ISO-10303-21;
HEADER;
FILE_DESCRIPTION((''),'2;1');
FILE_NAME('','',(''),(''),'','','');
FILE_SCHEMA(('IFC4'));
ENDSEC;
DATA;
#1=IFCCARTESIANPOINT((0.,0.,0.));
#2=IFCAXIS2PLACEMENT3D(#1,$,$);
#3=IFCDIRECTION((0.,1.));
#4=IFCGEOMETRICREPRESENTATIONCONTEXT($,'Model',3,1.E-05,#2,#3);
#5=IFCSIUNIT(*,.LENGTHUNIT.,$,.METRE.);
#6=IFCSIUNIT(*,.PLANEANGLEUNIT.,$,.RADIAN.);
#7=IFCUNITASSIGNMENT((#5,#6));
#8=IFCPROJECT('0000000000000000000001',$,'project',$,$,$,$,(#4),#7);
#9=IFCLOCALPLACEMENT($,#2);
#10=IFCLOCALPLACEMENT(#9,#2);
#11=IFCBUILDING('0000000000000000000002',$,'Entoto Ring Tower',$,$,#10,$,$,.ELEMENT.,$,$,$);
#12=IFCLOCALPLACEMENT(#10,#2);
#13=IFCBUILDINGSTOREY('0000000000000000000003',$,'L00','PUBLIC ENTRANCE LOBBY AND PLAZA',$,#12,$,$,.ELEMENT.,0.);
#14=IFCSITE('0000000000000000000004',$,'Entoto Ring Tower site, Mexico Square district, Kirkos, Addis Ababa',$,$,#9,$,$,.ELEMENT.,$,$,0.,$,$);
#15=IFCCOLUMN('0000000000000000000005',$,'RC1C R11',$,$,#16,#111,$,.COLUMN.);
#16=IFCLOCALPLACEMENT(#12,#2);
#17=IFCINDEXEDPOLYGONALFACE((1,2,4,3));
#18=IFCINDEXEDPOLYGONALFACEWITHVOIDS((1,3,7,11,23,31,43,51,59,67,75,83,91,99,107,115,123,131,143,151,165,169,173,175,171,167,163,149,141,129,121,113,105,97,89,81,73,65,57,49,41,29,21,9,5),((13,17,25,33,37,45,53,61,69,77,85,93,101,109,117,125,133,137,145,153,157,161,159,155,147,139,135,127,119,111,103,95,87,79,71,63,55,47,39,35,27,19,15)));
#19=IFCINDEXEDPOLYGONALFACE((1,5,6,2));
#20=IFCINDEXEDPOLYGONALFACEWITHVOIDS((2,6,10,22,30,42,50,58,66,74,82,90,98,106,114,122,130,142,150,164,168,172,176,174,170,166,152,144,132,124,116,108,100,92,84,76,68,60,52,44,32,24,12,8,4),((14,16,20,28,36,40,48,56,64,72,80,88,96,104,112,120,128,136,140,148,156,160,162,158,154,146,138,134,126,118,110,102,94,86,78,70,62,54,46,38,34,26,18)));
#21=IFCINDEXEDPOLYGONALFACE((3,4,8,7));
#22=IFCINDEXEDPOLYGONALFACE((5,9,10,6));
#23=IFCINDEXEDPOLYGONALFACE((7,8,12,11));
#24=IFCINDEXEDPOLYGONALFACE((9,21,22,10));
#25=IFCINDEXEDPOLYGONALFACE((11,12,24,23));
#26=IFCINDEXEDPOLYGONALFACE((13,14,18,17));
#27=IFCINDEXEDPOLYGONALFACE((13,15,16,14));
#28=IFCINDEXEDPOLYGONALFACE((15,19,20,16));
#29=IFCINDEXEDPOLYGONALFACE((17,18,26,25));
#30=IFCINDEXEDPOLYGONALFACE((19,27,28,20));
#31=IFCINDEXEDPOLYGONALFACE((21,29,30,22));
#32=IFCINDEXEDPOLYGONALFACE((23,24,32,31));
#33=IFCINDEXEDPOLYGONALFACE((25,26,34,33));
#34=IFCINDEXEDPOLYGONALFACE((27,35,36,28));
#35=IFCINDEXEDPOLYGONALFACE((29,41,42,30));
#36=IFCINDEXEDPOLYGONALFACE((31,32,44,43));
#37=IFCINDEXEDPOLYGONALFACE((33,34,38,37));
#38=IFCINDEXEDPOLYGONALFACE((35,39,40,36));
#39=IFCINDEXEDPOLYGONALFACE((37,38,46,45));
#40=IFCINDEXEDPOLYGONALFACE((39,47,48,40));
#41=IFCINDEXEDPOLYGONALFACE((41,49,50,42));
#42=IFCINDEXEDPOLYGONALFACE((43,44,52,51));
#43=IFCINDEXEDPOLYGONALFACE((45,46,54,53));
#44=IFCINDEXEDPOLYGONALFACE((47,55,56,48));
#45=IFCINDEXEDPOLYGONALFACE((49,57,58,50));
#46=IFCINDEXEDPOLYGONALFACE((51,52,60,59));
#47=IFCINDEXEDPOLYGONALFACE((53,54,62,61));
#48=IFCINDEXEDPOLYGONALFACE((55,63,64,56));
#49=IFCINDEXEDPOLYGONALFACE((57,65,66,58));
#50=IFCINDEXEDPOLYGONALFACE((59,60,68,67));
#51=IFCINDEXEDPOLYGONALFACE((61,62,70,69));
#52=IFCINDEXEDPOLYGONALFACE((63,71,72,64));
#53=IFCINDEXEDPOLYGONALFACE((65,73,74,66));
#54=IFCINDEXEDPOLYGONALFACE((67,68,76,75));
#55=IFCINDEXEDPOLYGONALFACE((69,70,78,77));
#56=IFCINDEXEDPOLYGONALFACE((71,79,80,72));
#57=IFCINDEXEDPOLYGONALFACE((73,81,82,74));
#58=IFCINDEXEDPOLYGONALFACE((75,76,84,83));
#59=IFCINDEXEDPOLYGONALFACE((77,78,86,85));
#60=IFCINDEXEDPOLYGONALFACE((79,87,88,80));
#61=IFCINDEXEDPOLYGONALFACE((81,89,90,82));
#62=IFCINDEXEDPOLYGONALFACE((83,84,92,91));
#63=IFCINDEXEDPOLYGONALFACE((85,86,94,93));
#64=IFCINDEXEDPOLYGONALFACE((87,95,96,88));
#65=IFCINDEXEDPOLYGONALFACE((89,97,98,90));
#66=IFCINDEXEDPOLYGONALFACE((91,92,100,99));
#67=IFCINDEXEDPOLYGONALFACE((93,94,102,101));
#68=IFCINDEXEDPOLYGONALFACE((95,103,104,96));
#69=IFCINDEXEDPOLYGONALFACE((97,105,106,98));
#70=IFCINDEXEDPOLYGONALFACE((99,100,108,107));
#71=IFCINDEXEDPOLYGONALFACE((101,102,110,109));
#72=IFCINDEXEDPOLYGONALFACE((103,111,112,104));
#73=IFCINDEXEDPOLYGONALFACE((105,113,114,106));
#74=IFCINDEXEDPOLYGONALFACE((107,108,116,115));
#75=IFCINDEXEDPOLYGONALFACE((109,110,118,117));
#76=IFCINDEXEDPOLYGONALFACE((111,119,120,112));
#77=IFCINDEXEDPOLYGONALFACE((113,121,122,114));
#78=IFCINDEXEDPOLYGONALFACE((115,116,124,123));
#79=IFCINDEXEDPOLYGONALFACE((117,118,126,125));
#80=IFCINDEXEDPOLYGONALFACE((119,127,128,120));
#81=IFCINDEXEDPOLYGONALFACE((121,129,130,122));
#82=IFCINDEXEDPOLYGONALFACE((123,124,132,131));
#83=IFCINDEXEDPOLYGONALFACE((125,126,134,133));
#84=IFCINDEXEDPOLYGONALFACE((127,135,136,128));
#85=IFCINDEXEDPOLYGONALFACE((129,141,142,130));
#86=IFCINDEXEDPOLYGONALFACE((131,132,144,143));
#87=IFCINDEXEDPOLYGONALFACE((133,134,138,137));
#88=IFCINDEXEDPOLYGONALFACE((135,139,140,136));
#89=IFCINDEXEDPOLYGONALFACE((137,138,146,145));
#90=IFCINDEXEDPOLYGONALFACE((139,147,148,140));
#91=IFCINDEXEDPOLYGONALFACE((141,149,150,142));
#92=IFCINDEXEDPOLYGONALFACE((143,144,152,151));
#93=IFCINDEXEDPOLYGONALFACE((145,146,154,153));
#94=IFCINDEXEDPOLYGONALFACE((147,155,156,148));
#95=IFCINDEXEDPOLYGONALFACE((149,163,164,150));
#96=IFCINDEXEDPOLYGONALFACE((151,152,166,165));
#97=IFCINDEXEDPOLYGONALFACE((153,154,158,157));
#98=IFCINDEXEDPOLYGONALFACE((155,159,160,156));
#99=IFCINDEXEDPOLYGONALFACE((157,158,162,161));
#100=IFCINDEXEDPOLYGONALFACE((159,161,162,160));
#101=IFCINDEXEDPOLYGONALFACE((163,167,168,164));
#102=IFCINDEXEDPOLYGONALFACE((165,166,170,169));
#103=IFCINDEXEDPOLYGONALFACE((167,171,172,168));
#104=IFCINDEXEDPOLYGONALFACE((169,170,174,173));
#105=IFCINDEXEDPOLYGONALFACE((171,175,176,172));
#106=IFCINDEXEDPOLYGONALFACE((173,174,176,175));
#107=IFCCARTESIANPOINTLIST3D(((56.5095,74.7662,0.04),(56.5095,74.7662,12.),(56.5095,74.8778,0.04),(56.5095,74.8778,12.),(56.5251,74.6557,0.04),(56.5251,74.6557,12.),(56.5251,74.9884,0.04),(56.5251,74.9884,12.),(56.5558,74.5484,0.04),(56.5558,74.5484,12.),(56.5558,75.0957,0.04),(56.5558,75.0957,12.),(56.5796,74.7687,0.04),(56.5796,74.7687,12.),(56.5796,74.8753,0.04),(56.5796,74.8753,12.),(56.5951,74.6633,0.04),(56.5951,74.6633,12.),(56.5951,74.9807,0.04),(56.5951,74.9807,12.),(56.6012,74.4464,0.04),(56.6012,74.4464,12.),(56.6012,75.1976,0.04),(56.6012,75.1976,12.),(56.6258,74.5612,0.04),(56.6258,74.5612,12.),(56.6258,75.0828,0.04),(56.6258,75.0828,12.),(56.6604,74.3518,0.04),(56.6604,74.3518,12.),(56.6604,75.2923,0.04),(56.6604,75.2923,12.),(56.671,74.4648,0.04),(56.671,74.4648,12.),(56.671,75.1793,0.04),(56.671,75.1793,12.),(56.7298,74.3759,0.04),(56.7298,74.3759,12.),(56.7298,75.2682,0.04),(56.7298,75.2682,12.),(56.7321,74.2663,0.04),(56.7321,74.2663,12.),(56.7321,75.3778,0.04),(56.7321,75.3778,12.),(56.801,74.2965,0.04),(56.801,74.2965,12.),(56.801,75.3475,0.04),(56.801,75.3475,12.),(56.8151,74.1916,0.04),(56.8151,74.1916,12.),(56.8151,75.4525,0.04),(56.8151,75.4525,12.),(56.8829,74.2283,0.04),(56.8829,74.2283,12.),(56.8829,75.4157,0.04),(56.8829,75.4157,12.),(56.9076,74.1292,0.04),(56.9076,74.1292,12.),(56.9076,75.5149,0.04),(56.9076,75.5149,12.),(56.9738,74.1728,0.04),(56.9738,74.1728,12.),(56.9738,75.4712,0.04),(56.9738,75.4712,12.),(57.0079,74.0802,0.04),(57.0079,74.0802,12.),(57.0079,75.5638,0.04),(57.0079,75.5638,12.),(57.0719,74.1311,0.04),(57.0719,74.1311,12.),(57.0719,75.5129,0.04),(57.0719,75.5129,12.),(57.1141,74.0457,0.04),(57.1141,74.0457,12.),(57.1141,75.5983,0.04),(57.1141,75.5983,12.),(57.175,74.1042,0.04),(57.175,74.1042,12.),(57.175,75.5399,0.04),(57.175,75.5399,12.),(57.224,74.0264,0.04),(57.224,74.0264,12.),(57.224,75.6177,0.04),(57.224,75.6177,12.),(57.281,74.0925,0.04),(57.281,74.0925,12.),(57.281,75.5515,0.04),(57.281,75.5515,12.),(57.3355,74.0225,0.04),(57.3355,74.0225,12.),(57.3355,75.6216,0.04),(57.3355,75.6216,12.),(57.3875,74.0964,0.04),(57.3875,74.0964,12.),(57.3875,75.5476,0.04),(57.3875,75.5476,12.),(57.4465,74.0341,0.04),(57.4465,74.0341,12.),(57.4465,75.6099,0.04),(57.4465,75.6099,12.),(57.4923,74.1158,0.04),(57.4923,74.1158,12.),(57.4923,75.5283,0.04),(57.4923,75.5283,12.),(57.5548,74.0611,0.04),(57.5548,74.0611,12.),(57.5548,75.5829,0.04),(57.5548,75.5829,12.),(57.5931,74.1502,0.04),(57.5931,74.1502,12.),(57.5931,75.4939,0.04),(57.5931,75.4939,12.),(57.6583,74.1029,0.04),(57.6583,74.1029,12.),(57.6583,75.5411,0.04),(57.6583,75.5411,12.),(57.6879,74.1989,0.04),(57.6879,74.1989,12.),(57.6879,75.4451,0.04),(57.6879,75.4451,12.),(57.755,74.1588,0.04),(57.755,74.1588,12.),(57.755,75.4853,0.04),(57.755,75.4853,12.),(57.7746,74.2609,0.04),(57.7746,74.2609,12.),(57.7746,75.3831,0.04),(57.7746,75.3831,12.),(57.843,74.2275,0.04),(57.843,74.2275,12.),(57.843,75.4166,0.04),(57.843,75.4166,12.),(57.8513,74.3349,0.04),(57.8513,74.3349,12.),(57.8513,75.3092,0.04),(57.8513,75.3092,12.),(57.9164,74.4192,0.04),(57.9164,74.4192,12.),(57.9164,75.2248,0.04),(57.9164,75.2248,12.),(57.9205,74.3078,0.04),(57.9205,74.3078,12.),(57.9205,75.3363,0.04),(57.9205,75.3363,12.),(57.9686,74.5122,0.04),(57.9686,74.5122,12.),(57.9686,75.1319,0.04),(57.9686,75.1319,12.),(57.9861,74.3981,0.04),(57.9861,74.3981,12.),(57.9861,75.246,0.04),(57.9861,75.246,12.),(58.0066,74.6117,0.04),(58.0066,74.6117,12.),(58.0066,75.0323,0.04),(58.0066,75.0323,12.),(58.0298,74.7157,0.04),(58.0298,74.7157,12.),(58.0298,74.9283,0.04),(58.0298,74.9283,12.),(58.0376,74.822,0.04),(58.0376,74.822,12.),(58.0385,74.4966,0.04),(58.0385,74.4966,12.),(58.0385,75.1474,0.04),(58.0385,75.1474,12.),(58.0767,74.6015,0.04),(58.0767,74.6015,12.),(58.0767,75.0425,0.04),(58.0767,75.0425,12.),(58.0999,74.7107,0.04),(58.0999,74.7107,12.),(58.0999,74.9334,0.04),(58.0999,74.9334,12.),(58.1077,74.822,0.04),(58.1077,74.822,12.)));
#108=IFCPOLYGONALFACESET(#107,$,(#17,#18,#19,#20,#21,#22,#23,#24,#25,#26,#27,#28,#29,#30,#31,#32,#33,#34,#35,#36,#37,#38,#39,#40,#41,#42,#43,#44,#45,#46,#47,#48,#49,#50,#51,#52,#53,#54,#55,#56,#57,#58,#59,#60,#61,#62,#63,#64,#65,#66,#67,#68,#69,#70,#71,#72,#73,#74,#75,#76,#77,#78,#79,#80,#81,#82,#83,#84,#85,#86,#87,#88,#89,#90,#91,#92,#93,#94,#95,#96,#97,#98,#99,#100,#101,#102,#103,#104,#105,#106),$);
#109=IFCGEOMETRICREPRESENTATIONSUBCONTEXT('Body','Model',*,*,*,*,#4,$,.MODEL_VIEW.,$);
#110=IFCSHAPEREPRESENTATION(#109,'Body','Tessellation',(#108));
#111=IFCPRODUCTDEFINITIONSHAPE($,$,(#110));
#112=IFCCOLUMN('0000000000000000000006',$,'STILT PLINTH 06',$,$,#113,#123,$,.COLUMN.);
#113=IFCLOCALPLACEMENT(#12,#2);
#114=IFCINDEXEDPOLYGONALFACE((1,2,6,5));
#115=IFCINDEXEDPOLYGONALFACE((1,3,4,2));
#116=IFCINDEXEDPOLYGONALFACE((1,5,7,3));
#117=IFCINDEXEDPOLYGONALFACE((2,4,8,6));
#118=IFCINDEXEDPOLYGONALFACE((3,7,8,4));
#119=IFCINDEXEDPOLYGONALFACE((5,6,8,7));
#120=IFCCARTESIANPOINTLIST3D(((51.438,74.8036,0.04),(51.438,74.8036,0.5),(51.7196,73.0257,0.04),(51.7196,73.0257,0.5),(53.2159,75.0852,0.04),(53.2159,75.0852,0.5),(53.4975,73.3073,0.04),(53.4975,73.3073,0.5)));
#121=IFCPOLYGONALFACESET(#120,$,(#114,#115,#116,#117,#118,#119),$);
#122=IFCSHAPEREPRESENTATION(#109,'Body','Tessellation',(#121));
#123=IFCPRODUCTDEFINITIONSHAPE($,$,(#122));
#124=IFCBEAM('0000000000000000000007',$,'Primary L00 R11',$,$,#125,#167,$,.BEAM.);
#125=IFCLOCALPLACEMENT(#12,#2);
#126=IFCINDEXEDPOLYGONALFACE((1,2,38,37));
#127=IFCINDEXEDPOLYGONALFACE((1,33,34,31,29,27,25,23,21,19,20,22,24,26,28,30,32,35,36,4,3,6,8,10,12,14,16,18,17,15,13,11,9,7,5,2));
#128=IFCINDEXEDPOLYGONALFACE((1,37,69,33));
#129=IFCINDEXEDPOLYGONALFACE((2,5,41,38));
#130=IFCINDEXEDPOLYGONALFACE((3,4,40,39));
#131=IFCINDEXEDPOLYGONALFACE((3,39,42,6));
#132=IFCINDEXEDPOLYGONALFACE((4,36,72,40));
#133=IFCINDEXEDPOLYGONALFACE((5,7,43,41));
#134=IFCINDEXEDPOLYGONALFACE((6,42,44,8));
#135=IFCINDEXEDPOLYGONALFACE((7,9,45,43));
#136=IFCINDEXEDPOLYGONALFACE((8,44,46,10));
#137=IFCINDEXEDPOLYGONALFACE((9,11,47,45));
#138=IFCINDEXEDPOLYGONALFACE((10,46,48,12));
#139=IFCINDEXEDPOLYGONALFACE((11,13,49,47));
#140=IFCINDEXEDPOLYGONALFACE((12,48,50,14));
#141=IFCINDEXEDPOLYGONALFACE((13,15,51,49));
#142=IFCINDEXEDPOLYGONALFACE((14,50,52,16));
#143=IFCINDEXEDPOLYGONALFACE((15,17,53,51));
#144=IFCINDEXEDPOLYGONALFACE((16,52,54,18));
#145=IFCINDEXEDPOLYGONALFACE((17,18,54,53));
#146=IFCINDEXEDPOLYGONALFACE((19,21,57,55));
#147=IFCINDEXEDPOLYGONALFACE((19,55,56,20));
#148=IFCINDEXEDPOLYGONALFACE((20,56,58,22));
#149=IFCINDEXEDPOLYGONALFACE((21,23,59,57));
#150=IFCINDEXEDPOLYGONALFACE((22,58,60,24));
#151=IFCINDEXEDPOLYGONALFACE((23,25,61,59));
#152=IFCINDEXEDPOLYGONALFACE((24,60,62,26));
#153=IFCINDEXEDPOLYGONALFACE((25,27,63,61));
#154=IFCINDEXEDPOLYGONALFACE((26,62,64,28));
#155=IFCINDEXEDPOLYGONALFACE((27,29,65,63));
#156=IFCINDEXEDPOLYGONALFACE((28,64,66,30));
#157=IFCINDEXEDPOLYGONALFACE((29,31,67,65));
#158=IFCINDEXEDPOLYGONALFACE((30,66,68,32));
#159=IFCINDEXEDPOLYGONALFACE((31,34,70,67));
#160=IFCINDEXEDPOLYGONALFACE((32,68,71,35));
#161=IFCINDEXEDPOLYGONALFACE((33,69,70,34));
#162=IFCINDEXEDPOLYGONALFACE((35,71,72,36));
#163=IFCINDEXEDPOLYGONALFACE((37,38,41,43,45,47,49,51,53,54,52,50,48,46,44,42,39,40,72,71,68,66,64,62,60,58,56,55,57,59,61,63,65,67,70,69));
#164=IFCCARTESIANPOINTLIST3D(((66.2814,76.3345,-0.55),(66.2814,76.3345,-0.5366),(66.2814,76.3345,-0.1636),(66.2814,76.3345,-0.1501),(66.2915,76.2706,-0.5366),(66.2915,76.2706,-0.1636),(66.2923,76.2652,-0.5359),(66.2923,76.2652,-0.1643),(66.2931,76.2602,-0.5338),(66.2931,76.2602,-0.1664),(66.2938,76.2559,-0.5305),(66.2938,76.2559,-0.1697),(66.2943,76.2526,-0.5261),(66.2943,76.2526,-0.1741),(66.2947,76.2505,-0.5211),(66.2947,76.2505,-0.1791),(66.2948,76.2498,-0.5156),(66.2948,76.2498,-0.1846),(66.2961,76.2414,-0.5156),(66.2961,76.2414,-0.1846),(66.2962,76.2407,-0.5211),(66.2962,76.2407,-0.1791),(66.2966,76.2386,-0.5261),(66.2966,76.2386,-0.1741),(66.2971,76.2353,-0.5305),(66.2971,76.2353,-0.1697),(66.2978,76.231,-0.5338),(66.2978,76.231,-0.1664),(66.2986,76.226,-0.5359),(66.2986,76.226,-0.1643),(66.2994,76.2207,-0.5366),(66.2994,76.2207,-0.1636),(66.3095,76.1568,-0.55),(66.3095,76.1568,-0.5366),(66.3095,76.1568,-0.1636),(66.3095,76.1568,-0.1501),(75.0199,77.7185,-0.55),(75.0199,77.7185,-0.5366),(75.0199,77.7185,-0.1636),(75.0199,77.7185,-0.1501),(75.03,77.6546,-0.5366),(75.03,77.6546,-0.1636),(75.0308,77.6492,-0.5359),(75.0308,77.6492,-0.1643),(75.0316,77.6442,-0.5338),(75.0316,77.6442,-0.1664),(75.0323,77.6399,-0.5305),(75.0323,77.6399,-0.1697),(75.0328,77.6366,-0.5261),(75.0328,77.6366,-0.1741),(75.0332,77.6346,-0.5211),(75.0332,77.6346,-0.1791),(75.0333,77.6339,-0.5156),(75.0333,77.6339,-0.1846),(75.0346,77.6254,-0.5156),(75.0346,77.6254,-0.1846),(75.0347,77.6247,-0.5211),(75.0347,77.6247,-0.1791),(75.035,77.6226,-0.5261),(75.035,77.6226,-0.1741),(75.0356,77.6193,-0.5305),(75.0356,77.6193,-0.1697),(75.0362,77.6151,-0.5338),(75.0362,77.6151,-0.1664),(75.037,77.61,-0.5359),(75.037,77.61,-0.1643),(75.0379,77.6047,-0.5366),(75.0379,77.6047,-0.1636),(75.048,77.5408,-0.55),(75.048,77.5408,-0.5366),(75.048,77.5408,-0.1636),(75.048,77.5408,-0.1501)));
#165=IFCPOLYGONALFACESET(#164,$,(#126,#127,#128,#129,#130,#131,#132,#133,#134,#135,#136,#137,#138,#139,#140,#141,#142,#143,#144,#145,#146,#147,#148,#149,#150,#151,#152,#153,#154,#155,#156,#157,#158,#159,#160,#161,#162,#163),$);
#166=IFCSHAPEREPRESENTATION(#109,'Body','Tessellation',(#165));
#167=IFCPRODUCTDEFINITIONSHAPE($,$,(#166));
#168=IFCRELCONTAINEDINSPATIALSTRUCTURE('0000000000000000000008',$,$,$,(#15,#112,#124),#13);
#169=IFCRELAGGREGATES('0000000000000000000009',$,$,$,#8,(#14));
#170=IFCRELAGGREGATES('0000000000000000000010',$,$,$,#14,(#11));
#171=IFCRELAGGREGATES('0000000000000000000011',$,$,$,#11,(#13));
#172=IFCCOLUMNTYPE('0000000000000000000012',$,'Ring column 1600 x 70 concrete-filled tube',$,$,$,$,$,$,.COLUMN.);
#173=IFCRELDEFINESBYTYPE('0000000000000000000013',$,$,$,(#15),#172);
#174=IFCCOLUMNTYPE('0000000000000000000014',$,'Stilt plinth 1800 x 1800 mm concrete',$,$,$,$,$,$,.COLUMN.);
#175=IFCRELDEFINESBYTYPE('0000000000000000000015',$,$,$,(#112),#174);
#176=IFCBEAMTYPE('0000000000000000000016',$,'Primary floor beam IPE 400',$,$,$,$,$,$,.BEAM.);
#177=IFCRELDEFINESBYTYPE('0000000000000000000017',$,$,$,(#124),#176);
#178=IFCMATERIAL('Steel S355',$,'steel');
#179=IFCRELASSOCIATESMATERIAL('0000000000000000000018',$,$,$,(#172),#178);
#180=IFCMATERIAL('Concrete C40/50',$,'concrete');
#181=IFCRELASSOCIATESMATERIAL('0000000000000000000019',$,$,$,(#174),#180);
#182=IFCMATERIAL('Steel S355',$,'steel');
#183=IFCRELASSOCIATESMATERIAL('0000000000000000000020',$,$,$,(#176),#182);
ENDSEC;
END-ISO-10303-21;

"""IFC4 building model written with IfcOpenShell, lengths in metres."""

from ifc_helpers import new_model, si_unit, direction, frame, origin, origin_2d, place, context, subcontext, project, spatial, rectangle, circle, hollow_circle, i_section, extrude, material, material_profile, profile_set, type_object, element, save


model = new_model("IFC4")

# Units and contexts
model_context = context("Model", 3, precision=1e-05, world=origin(), true_north=direction((0.0, 1.0)))
body_context = subcontext(model_context, "Body", "Model", "MODEL_VIEW")
ifc_project = project(units=[si_unit("LENGTHUNIT", "METRE"), si_unit("PLANEANGLEUNIT", "RADIAN")], contexts=[model_context])

# Site, building, storey
site_placement = place(None, origin())
site = spatial("IfcSite", under=ifc_project, at=site_placement, Name="Entoto Ring Tower site, Mexico Square district, Kirkos, Addis Ababa", CompositionType="ELEMENT", RefElevation=0.0)
building_placement = place(site_placement, origin())
building = spatial("IfcBuilding", under=site, at=building_placement, Name="Entoto Ring Tower", CompositionType="ELEMENT")
storey_placement = place(building_placement, origin())
storey = spatial("IfcBuildingStorey", under=building, at=storey_placement, Name="L00", Description="PUBLIC ENTRANCE LOBBY AND PLAZA", CompositionType="ELEMENT", Elevation=0.0)

# Columns
ifc_material_1 = material(Name="Steel S355", Category="steel")
ifc_material_profile_1 = material_profile(ifc_material_1, hollow_circle(Radius=0.8, WallThickness=0.0701, at=origin_2d()), Name="CHS 1600 x 70")
ifc_material_2 = material(Name="Concrete C60/75", Category="concrete")
ifc_material_profile_2 = material_profile(ifc_material_2, circle(Radius=0.73, at=origin_2d()), Name="Concrete C60/75 infill")
ifc_profile_set_1 = profile_set([ifc_material_profile_1, ifc_material_profile_2], Name="Steel S355")
column_type_1 = type_object("IfcColumnType", Name="Ring column 1600 x 70 concrete-filled tube", PredefinedType="COLUMN", material=ifc_profile_set_1)
column_1_placement = place(storey_placement, frame((57.3076, 74.822, 0.04), z_axis=(0.0, 0.0, 1.0), x_axis=(1.0, 0.0, 0.0)))
element("IfcColumn", 1, at=column_1_placement, inside=storey, type_object=column_type_1, Name="RC1C R11", PredefinedType="COLUMN", context=body_context, shape_type="SweptSolid", body=[
    extrude(hollow_circle(Radius=0.8, WallThickness=0.0701, at=origin_2d()), origin(), (0.0, 0.0, 1.0), 11.96),
])
ifc_material_3 = material(Name="Concrete C40/50", Category="concrete")
ifc_material_profile_3 = material_profile(ifc_material_3, rectangle(XDim=1.8, YDim=1.8, at=origin_2d()), Name="Stilt plinth 1800 x 1800 mm concrete")
ifc_profile_set_2 = profile_set([ifc_material_profile_3], Name="Concrete C40/50")
column_type_2 = type_object("IfcColumnType", Name="Stilt plinth 1800 x 1800 mm concrete", PredefinedType="COLUMN", material=ifc_profile_set_2)
column_2_placement = place(storey_placement, frame((52.4678, 74.0554, 0.04), z_axis=(0.0, 0.0, 1.0), x_axis=(0.156434, -0.987688, 0.0)))
element("IfcColumn", 2, at=column_2_placement, inside=storey, type_object=column_type_2, Name="STILT PLINTH 06", PredefinedType="COLUMN", context=body_context, shape_type="SweptSolid", body=[
    extrude(rectangle(XDim=1.8, YDim=1.8, at=origin_2d()), origin(), (0.0, 0.0, 1.0), 0.46),
])

# Beam
ifc_material_4 = material(Name="Steel S355", Category="steel")
ifc_material_profile_4 = material_profile(ifc_material_4, i_section(OverallWidth=0.1799, OverallDepth=0.3999, WebThickness=0.0085, FlangeThickness=0.0134, FilletRadius=0.021, at=origin_2d()), Name="IPE 400")
ifc_profile_set_3 = profile_set([ifc_material_profile_4], Name="Steel S355")
beam_type_1 = type_object("IfcBeamType", Name="Primary floor beam IPE 400", PredefinedType="BEAM", material=ifc_profile_set_3)
beam_1_placement = place(storey_placement, frame((75.0339, 77.6296, -0.3501), z_axis=(-0.987689, -0.156433, 0.0), x_axis=(0.156433, -0.987689, 0.0)))
element("IfcBeam", 3, at=beam_1_placement, inside=storey, type_object=beam_type_1, Name="Primary L00 R11", PredefinedType="BEAM", context=body_context, shape_type="SweptSolid", body=[
    extrude(i_section(OverallWidth=0.1799, OverallDepth=0.3999, WebThickness=0.0085, FlangeThickness=0.0134, FilletRadius=0.021, at=origin_2d()), origin(), (0.0, 0.0, 1.0), 8.8474),
])

save(model, "model.ifc")
